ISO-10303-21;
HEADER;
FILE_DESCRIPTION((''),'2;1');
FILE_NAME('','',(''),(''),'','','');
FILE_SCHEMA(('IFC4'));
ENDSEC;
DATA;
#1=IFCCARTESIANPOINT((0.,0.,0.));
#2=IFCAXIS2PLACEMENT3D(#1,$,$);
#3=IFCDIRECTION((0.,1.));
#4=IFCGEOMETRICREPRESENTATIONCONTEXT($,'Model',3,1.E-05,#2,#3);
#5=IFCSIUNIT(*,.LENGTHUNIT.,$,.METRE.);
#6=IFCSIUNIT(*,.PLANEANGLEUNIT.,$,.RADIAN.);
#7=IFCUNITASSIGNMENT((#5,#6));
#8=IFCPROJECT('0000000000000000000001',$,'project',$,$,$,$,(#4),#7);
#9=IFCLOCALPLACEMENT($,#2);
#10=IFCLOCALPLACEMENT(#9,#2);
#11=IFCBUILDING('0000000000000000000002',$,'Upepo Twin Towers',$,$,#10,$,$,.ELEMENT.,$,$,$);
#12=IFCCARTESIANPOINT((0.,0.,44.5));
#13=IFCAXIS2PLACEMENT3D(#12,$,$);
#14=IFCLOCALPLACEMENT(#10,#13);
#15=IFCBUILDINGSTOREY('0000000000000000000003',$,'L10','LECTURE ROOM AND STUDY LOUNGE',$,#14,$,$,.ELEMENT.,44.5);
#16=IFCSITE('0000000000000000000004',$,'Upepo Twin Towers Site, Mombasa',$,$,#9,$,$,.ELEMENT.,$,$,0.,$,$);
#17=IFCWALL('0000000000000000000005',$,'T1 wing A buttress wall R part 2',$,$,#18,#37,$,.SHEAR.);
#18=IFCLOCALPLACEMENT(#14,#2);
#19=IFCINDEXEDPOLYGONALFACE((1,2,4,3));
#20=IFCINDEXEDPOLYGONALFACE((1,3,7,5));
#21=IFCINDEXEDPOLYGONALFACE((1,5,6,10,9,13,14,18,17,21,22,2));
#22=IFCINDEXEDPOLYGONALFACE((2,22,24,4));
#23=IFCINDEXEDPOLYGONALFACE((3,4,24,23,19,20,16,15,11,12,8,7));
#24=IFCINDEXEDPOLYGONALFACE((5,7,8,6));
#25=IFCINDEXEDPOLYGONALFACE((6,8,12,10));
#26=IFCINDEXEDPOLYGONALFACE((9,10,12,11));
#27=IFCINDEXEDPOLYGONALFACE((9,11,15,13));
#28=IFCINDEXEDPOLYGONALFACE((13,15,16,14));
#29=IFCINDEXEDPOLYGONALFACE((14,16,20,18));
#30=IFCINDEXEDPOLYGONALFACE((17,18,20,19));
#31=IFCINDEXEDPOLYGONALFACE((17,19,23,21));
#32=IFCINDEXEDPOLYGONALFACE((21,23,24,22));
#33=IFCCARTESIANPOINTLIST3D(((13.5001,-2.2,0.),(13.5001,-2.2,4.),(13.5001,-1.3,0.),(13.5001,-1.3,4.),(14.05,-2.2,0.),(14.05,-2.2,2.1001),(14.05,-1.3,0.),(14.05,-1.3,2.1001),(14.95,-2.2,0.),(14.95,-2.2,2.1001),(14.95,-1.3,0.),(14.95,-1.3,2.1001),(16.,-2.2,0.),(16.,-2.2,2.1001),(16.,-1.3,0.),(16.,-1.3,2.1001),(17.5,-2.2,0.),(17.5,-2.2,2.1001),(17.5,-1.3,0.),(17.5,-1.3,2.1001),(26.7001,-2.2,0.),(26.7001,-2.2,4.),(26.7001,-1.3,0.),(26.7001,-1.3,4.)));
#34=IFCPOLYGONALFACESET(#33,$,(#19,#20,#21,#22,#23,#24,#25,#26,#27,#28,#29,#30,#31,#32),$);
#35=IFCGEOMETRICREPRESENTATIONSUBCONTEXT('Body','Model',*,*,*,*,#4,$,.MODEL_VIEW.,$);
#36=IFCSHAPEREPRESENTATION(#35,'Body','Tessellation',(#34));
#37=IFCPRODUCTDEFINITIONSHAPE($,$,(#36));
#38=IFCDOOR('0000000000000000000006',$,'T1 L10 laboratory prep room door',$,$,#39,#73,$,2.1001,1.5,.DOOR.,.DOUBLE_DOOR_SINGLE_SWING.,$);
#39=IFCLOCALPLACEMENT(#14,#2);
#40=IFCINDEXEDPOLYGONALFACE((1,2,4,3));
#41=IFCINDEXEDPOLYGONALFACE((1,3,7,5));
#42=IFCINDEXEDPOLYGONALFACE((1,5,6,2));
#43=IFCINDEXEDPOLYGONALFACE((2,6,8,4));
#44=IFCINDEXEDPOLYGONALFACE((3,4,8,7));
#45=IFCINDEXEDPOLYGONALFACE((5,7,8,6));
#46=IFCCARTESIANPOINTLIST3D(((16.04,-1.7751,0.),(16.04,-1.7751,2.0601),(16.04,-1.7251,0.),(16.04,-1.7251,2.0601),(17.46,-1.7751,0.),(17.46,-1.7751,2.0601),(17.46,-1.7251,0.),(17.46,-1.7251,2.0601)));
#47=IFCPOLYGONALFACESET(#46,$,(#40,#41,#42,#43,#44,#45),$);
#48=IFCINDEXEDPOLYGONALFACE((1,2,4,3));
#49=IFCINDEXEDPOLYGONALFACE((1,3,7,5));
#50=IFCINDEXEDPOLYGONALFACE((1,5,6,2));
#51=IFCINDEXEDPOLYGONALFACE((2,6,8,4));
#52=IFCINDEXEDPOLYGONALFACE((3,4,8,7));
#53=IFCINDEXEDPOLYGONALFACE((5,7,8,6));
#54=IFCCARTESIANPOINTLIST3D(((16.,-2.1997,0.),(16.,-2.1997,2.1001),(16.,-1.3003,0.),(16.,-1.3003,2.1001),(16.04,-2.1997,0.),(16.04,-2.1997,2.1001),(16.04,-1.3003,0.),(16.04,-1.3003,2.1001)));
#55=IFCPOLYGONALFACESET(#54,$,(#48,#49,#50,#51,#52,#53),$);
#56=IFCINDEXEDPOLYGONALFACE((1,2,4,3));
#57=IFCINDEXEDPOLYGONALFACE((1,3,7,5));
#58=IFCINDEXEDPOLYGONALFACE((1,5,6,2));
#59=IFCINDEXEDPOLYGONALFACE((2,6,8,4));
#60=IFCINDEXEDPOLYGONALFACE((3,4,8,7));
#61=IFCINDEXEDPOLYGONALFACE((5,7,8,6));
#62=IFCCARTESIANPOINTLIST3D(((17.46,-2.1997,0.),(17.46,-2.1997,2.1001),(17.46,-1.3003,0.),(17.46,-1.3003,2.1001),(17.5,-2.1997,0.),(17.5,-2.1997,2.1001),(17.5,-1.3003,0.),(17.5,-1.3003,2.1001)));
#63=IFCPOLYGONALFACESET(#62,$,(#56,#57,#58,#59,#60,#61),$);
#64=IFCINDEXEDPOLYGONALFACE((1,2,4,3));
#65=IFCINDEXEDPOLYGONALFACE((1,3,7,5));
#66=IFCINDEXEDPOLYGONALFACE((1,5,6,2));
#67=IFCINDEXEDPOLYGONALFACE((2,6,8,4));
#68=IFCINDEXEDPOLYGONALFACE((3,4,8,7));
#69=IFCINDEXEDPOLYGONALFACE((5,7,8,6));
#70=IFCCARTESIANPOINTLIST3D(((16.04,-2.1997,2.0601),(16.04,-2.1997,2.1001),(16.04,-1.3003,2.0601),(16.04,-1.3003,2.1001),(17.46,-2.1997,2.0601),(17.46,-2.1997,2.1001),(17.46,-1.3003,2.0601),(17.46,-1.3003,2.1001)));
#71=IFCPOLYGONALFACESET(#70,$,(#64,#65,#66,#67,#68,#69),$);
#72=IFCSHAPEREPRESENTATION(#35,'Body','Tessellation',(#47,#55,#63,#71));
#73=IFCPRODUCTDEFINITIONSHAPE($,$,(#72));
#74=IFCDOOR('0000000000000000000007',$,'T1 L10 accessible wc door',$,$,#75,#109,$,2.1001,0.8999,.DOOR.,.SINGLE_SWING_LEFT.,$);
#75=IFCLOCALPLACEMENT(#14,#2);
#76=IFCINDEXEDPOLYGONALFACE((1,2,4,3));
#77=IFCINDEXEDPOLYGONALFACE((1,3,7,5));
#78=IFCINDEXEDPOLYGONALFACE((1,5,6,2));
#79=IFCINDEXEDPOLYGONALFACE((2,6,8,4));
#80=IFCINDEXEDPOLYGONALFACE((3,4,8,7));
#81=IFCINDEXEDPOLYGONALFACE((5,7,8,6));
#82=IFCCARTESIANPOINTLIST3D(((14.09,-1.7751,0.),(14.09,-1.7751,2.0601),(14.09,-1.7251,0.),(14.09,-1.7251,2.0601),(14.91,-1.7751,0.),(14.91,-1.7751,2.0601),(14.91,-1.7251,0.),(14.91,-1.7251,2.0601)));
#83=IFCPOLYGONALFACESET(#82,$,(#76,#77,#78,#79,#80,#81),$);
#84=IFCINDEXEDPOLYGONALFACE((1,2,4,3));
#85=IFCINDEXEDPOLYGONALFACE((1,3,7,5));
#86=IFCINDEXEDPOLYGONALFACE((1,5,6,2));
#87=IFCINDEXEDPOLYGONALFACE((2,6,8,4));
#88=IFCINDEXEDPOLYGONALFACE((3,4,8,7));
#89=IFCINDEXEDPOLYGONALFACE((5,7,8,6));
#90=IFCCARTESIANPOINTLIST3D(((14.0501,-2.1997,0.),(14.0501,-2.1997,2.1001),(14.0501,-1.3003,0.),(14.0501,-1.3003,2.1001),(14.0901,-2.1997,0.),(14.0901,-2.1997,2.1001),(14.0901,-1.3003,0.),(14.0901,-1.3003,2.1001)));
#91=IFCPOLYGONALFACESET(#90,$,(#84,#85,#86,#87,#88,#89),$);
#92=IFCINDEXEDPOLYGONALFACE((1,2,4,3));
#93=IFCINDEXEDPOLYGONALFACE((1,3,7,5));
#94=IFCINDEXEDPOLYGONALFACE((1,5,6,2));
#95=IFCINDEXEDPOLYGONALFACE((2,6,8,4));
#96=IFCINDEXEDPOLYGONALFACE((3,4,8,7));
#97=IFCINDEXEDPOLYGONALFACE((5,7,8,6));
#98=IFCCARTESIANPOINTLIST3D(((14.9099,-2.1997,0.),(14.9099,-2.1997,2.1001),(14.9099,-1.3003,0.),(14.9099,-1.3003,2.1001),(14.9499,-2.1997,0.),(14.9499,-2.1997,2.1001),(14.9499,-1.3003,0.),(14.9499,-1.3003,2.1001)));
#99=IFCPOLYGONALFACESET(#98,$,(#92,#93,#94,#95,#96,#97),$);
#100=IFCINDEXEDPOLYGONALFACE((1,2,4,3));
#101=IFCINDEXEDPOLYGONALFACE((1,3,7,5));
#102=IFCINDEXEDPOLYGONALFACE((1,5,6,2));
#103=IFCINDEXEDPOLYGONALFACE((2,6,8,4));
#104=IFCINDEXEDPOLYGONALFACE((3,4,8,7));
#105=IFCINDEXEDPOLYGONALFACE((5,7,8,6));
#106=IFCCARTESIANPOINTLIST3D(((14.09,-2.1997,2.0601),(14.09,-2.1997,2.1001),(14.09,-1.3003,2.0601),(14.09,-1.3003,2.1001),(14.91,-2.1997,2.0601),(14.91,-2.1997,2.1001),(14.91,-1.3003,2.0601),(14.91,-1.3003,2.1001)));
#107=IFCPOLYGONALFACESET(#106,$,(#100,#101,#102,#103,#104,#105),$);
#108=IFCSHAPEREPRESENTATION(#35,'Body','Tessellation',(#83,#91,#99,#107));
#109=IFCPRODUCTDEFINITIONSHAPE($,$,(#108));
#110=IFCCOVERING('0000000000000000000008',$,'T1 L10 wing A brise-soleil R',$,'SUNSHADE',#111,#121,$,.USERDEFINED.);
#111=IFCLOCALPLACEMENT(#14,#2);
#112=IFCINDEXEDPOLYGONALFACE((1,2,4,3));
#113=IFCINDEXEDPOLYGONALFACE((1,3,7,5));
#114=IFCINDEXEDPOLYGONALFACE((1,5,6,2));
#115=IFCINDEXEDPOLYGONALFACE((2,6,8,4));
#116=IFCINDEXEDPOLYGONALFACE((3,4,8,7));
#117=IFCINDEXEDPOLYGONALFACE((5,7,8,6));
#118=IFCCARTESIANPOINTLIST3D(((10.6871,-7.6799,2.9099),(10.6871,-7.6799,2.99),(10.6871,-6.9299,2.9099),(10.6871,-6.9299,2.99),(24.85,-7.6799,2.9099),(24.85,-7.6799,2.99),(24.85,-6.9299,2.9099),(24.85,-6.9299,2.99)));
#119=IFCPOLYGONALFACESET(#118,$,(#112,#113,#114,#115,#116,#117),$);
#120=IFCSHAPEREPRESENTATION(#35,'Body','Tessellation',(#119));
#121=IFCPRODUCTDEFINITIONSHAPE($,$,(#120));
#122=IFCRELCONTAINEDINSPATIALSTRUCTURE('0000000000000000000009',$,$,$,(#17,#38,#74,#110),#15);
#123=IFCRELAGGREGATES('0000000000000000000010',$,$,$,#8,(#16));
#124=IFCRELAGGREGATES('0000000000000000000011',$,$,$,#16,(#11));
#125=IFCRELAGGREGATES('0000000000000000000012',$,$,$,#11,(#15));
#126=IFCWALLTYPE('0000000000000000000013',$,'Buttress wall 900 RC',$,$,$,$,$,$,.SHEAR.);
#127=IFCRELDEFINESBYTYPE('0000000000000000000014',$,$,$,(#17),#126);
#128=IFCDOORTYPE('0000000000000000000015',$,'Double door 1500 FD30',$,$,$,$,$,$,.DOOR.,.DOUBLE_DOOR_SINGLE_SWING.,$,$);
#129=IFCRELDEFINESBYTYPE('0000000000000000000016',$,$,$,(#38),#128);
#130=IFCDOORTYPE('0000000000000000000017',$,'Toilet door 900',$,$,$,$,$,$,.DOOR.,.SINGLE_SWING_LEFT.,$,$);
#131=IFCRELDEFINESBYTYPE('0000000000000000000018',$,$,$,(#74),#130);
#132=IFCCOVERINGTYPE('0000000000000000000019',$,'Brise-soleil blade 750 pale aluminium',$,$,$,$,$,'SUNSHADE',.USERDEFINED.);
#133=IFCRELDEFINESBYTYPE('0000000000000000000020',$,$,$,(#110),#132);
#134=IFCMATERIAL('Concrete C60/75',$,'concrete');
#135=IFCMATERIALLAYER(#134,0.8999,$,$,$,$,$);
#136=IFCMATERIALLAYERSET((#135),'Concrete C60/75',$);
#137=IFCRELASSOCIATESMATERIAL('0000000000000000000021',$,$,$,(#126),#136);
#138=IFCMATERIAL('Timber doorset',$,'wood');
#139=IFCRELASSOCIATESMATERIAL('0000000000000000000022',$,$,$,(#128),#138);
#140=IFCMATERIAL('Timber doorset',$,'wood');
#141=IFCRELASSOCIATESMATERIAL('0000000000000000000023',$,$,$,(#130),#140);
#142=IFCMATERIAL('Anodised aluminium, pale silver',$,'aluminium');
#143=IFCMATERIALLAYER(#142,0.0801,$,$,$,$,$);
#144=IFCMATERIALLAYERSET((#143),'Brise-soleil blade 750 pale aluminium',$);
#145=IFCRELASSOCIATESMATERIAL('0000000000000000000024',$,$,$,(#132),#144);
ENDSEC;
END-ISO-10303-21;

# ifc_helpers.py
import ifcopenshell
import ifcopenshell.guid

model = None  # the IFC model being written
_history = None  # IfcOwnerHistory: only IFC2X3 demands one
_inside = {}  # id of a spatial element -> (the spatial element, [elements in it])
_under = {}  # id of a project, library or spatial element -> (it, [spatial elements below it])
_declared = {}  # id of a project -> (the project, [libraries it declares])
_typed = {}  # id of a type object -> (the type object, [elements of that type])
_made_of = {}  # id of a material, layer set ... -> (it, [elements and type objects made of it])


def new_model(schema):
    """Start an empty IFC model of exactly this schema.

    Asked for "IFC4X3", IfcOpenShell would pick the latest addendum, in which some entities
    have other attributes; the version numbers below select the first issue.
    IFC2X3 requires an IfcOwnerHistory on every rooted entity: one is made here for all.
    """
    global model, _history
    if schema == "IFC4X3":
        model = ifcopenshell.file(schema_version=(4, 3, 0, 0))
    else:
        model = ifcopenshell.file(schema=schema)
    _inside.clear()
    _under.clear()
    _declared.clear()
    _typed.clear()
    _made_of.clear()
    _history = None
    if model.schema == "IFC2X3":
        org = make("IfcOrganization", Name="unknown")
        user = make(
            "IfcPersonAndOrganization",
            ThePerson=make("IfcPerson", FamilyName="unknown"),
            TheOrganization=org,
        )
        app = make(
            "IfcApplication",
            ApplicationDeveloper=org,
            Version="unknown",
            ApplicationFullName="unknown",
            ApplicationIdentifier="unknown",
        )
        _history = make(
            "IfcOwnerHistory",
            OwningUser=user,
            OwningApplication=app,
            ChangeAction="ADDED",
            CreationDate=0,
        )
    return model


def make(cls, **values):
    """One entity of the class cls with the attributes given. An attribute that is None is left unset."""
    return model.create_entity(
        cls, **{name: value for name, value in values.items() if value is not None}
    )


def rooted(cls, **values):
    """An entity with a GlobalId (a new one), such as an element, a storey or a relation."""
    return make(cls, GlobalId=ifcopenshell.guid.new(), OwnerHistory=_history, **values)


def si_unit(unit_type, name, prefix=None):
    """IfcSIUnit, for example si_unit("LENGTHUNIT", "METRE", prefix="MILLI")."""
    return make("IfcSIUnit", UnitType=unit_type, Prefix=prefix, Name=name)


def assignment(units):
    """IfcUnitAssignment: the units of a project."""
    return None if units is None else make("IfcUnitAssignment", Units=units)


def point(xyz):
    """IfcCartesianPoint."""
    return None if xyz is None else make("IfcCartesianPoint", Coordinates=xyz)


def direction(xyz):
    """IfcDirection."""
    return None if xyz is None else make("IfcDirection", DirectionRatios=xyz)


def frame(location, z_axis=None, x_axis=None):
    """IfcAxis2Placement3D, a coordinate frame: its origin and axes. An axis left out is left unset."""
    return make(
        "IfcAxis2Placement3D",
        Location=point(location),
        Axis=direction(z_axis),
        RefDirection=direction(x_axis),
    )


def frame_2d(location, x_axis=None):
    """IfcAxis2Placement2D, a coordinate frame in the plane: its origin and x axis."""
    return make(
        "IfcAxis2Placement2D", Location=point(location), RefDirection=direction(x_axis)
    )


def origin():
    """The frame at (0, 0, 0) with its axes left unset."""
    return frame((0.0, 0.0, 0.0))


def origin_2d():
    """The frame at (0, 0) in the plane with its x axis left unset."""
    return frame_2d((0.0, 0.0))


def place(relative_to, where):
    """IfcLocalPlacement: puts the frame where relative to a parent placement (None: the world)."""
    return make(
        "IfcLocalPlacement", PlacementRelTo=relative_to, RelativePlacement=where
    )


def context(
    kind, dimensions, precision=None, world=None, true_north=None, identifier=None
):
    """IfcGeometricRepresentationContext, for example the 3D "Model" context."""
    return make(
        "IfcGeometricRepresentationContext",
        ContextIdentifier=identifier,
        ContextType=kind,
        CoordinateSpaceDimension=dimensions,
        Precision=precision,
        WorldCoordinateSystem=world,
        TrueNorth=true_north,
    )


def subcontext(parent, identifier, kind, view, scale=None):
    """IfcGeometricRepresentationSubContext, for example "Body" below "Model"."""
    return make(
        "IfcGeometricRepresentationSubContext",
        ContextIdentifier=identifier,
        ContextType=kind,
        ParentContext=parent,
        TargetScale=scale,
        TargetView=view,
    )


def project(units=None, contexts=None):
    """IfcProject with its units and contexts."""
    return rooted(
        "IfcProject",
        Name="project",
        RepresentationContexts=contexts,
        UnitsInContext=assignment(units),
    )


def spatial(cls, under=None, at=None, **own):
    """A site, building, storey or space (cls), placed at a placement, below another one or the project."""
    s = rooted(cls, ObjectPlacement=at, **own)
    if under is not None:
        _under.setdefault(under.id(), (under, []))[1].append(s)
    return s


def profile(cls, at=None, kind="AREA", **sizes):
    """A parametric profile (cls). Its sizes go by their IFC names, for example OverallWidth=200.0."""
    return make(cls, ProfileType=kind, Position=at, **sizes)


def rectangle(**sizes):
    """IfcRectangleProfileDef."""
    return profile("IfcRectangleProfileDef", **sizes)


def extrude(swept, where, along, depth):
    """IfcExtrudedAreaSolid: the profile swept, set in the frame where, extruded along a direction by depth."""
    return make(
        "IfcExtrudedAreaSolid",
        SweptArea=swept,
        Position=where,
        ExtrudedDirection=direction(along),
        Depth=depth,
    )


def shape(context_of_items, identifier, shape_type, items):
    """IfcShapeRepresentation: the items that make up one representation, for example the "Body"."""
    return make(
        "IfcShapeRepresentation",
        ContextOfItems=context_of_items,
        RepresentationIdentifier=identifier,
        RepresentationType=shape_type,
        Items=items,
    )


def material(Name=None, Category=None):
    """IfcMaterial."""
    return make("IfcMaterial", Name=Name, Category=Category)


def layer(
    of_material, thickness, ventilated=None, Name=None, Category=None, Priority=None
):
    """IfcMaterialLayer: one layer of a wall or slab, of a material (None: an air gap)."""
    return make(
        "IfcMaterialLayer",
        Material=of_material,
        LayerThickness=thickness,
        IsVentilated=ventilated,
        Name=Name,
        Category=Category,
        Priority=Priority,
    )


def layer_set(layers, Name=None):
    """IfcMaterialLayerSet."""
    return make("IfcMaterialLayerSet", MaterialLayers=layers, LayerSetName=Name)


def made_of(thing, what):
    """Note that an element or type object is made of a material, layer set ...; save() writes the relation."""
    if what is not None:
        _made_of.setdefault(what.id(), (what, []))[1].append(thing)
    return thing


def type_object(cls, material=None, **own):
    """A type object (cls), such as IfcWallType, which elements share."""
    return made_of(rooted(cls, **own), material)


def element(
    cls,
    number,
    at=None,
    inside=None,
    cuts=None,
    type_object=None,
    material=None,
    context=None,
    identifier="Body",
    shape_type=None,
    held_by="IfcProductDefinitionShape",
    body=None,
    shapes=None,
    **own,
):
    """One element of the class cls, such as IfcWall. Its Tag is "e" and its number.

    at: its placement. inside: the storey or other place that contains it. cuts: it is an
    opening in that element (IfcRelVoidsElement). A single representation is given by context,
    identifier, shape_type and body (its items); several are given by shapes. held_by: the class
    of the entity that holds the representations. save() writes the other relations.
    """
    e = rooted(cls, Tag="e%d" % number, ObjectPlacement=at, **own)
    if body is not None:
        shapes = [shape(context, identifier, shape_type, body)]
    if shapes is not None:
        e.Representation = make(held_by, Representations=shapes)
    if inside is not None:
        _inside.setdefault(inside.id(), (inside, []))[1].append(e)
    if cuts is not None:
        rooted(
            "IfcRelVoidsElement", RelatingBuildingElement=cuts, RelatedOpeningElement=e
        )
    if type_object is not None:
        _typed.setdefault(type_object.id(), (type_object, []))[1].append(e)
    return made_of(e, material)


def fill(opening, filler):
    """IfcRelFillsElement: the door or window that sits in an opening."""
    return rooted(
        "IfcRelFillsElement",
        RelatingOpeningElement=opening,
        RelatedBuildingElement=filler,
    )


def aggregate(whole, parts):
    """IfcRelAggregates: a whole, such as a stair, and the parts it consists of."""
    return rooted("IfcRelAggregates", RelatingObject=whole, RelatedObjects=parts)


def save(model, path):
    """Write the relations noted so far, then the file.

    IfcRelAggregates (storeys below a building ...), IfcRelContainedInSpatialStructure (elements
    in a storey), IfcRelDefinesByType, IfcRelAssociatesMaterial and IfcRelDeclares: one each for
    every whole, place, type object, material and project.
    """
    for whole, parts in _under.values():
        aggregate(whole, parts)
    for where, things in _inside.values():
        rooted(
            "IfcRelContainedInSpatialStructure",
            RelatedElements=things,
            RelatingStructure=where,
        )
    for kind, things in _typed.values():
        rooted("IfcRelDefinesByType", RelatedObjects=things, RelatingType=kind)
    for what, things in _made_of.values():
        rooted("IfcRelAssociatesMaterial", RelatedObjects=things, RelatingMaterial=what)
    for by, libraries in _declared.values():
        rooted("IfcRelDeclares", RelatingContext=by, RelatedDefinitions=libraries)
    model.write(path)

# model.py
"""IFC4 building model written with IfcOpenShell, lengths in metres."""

from ifc_helpers import new_model, si_unit, direction, frame, frame_2d, origin, origin_2d, place, context, subcontext, project, spatial, rectangle, extrude, material, layer, layer_set, type_object, element, fill, save


model = new_model("IFC4")

# Units and contexts
model_context = context("Model", 3, precision=1e-05, world=origin(), true_north=direction((0.0, 1.0)))
body_context = subcontext(model_context, "Body", "Model", "MODEL_VIEW")
ifc_project = project(units=[si_unit("LENGTHUNIT", "METRE"), si_unit("PLANEANGLEUNIT", "RADIAN")], contexts=[model_context])

# Site, building, storey
site_placement = place(None, origin())
site = spatial("IfcSite", under=ifc_project, at=site_placement, Name="Upepo Twin Towers Site, Mombasa", CompositionType="ELEMENT", RefElevation=0.0)
building_placement = place(site_placement, origin())
building = spatial("IfcBuilding", under=site, at=building_placement, Name="Upepo Twin Towers", CompositionType="ELEMENT")
storey_placement = place(building_placement, frame((0.0, 0.0, 44.5)))
storey = spatial("IfcBuildingStorey", under=building, at=storey_placement, Name="L10", Description="LECTURE ROOM AND STUDY LOUNGE", CompositionType="ELEMENT", Elevation=44.5)

# Wall, openings, doors
ifc_material_1 = material(Name="Concrete C60/75", Category="concrete")
ifc_layer_1 = layer(ifc_material_1, 0.8999)
ifc_layer_set_1 = layer_set([ifc_layer_1], Name="Concrete C60/75")
wall_type_1 = type_object("IfcWallType", Name="Buttress wall 900 RC", PredefinedType="SHEAR", material=ifc_layer_set_1)
wall_1_placement = place(storey_placement, frame((13.5, -1.75, 0.0), z_axis=(0.0, 0.0, 1.0), x_axis=(1.0, 0.0, 0.0)))
wall_1 = element("IfcWall", 1, at=wall_1_placement, inside=storey, type_object=wall_type_1, Name="T1 wing A buttress wall R part 2", PredefinedType="SHEAR", context=body_context, shape_type="SweptSolid", body=[
    extrude(rectangle(XDim=13.2, YDim=0.8999, at=frame_2d((6.6001, 0.0))), origin(), (0.0, 0.0, 1.0), 4.0),
])
opening_1_placement = place(wall_1_placement, frame((0.55, 0.0, 0.0)))
opening_1 = element("IfcOpeningElement", 2, at=opening_1_placement, cuts=wall_1, PredefinedType="OPENING", context=body_context, shape_type="SweptSolid", body=[
    extrude(rectangle(XDim=0.8999, YDim=2.1001, at=frame_2d((0.45, 1.05))), frame((0.0, 0.46, 0.0), z_axis=(0.0, -1.0, 0.0), x_axis=(1.0, 0.0, 0.0)), (0.0, 0.0, 1.0), 0.9199),
])
opening_2_placement = place(wall_1_placement, frame((2.5, 0.0, 0.0)))
opening_2 = element("IfcOpeningElement", 3, at=opening_2_placement, cuts=wall_1, PredefinedType="OPENING", context=body_context, shape_type="SweptSolid", body=[
    extrude(rectangle(XDim=1.5, YDim=2.1001, at=frame_2d((0.75, 1.05))), frame((0.0, 0.46, 0.0), z_axis=(0.0, -1.0, 0.0), x_axis=(1.0, 0.0, 0.0)), (0.0, 0.0, 1.0), 0.9199),
])
ifc_material_2 = material(Name="Timber doorset", Category="wood")
door_type_1 = type_object("IfcDoorType", Name="Double door 1500 FD30", OperationType="DOUBLE_DOOR_SINGLE_SWING", PredefinedType="DOOR", material=ifc_material_2)
door_1_placement = place(opening_2_placement, origin())
door_1 = element("IfcDoor", 4, at=door_1_placement, inside=storey, type_object=door_type_1, Name="T1 L10 laboratory prep room door", OperationType="DOUBLE_DOOR_SINGLE_SWING", OverallHeight=2.1001, OverallWidth=1.5, PredefinedType="DOOR", context=body_context, shape_type="SweptSolid", body=[
    extrude(rectangle(XDim=1.42, YDim=2.0601, at=frame_2d((0.75, 1.03))), frame((0.0, 0.0249, 0.0), z_axis=(0.0, -1.0, 0.0), x_axis=(1.0, 0.0, 0.0)), (0.0, 0.0, 1.0), 0.05),
    extrude(rectangle(XDim=0.04, YDim=2.1001, at=frame_2d((0.02, 1.05))), frame((0.0, 0.4497, 0.0), z_axis=(0.0, -1.0, 0.0), x_axis=(1.0, 0.0, 0.0)), (0.0, 0.0, 1.0), 0.8994),
    extrude(rectangle(XDim=0.04, YDim=2.1001, at=frame_2d((1.48, 1.05))), frame((0.0, 0.4497, 0.0), z_axis=(0.0, -1.0, 0.0), x_axis=(1.0, 0.0, 0.0)), (0.0, 0.0, 1.0), 0.8994),
    extrude(rectangle(XDim=1.42, YDim=0.04, at=frame_2d((0.75, 2.0801))), frame((0.0, 0.4497, 0.0), z_axis=(0.0, -1.0, 0.0), x_axis=(1.0, 0.0, 0.0)), (0.0, 0.0, 1.0), 0.8994),
])
fill(opening_2, door_1)
ifc_material_3 = material(Name="Timber doorset", Category="wood")
door_type_2 = type_object("IfcDoorType", Name="Toilet door 900", OperationType="SINGLE_SWING_LEFT", PredefinedType="DOOR", material=ifc_material_3)
door_2_placement = place(opening_1_placement, origin())
door_2 = element("IfcDoor", 5, at=door_2_placement, inside=storey, type_object=door_type_2, Name="T1 L10 accessible wc door", OperationType="SINGLE_SWING_LEFT", OverallHeight=2.1001, OverallWidth=0.8999, PredefinedType="DOOR", context=body_context, shape_type="SweptSolid", body=[
    extrude(rectangle(XDim=0.8199, YDim=2.0601, at=frame_2d((0.45, 1.03))), frame((0.0, 0.0249, 0.0), z_axis=(0.0, -1.0, 0.0), x_axis=(1.0, 0.0, 0.0)), (0.0, 0.0, 1.0), 0.05),
    extrude(rectangle(XDim=0.04, YDim=2.1001, at=frame_2d((0.02, 1.05))), frame((0.0, 0.4497, 0.0), z_axis=(0.0, -1.0, 0.0), x_axis=(1.0, 0.0, 0.0)), (0.0, 0.0, 1.0), 0.8994),
    extrude(rectangle(XDim=0.04, YDim=2.1001, at=frame_2d((0.8799, 1.05))), frame((0.0, 0.4497, 0.0), z_axis=(0.0, -1.0, 0.0), x_axis=(1.0, 0.0, 0.0)), (0.0, 0.0, 1.0), 0.8994),
    extrude(rectangle(XDim=0.8199, YDim=0.04, at=frame_2d((0.45, 2.0801))), frame((0.0, 0.4497, 0.0), z_axis=(0.0, -1.0, 0.0), x_axis=(1.0, 0.0, 0.0)), (0.0, 0.0, 1.0), 0.8994),
])
fill(opening_1, door_2)

# Covering
ifc_material_4 = material(Name="Anodised aluminium, pale silver", Category="aluminium")
ifc_layer_2 = layer(ifc_material_4, 0.0801)
ifc_layer_set_2 = layer_set([ifc_layer_2], Name="Brise-soleil blade 750 pale aluminium")
covering_type = type_object("IfcCoveringType", Name="Brise-soleil blade 750 pale aluminium", ElementType="SUNSHADE", PredefinedType="USERDEFINED", material=ifc_layer_set_2)
covering_placement = place(storey_placement, frame((17.7686, -7.3049, 2.9099), z_axis=(0.0, 0.0, 1.0), x_axis=(1.0, 0.0, 0.0)))
element("IfcCovering", 6, at=covering_placement, inside=storey, type_object=covering_type, Name="T1 L10 wing A brise-soleil R", ObjectType="SUNSHADE", PredefinedType="USERDEFINED", context=body_context, shape_type="SweptSolid", body=[
    extrude(rectangle(XDim=14.1628, YDim=0.75, at=origin_2d()), origin(), (0.0, 0.0, 1.0), 0.0801),
])

save(model, "model.ifc")
